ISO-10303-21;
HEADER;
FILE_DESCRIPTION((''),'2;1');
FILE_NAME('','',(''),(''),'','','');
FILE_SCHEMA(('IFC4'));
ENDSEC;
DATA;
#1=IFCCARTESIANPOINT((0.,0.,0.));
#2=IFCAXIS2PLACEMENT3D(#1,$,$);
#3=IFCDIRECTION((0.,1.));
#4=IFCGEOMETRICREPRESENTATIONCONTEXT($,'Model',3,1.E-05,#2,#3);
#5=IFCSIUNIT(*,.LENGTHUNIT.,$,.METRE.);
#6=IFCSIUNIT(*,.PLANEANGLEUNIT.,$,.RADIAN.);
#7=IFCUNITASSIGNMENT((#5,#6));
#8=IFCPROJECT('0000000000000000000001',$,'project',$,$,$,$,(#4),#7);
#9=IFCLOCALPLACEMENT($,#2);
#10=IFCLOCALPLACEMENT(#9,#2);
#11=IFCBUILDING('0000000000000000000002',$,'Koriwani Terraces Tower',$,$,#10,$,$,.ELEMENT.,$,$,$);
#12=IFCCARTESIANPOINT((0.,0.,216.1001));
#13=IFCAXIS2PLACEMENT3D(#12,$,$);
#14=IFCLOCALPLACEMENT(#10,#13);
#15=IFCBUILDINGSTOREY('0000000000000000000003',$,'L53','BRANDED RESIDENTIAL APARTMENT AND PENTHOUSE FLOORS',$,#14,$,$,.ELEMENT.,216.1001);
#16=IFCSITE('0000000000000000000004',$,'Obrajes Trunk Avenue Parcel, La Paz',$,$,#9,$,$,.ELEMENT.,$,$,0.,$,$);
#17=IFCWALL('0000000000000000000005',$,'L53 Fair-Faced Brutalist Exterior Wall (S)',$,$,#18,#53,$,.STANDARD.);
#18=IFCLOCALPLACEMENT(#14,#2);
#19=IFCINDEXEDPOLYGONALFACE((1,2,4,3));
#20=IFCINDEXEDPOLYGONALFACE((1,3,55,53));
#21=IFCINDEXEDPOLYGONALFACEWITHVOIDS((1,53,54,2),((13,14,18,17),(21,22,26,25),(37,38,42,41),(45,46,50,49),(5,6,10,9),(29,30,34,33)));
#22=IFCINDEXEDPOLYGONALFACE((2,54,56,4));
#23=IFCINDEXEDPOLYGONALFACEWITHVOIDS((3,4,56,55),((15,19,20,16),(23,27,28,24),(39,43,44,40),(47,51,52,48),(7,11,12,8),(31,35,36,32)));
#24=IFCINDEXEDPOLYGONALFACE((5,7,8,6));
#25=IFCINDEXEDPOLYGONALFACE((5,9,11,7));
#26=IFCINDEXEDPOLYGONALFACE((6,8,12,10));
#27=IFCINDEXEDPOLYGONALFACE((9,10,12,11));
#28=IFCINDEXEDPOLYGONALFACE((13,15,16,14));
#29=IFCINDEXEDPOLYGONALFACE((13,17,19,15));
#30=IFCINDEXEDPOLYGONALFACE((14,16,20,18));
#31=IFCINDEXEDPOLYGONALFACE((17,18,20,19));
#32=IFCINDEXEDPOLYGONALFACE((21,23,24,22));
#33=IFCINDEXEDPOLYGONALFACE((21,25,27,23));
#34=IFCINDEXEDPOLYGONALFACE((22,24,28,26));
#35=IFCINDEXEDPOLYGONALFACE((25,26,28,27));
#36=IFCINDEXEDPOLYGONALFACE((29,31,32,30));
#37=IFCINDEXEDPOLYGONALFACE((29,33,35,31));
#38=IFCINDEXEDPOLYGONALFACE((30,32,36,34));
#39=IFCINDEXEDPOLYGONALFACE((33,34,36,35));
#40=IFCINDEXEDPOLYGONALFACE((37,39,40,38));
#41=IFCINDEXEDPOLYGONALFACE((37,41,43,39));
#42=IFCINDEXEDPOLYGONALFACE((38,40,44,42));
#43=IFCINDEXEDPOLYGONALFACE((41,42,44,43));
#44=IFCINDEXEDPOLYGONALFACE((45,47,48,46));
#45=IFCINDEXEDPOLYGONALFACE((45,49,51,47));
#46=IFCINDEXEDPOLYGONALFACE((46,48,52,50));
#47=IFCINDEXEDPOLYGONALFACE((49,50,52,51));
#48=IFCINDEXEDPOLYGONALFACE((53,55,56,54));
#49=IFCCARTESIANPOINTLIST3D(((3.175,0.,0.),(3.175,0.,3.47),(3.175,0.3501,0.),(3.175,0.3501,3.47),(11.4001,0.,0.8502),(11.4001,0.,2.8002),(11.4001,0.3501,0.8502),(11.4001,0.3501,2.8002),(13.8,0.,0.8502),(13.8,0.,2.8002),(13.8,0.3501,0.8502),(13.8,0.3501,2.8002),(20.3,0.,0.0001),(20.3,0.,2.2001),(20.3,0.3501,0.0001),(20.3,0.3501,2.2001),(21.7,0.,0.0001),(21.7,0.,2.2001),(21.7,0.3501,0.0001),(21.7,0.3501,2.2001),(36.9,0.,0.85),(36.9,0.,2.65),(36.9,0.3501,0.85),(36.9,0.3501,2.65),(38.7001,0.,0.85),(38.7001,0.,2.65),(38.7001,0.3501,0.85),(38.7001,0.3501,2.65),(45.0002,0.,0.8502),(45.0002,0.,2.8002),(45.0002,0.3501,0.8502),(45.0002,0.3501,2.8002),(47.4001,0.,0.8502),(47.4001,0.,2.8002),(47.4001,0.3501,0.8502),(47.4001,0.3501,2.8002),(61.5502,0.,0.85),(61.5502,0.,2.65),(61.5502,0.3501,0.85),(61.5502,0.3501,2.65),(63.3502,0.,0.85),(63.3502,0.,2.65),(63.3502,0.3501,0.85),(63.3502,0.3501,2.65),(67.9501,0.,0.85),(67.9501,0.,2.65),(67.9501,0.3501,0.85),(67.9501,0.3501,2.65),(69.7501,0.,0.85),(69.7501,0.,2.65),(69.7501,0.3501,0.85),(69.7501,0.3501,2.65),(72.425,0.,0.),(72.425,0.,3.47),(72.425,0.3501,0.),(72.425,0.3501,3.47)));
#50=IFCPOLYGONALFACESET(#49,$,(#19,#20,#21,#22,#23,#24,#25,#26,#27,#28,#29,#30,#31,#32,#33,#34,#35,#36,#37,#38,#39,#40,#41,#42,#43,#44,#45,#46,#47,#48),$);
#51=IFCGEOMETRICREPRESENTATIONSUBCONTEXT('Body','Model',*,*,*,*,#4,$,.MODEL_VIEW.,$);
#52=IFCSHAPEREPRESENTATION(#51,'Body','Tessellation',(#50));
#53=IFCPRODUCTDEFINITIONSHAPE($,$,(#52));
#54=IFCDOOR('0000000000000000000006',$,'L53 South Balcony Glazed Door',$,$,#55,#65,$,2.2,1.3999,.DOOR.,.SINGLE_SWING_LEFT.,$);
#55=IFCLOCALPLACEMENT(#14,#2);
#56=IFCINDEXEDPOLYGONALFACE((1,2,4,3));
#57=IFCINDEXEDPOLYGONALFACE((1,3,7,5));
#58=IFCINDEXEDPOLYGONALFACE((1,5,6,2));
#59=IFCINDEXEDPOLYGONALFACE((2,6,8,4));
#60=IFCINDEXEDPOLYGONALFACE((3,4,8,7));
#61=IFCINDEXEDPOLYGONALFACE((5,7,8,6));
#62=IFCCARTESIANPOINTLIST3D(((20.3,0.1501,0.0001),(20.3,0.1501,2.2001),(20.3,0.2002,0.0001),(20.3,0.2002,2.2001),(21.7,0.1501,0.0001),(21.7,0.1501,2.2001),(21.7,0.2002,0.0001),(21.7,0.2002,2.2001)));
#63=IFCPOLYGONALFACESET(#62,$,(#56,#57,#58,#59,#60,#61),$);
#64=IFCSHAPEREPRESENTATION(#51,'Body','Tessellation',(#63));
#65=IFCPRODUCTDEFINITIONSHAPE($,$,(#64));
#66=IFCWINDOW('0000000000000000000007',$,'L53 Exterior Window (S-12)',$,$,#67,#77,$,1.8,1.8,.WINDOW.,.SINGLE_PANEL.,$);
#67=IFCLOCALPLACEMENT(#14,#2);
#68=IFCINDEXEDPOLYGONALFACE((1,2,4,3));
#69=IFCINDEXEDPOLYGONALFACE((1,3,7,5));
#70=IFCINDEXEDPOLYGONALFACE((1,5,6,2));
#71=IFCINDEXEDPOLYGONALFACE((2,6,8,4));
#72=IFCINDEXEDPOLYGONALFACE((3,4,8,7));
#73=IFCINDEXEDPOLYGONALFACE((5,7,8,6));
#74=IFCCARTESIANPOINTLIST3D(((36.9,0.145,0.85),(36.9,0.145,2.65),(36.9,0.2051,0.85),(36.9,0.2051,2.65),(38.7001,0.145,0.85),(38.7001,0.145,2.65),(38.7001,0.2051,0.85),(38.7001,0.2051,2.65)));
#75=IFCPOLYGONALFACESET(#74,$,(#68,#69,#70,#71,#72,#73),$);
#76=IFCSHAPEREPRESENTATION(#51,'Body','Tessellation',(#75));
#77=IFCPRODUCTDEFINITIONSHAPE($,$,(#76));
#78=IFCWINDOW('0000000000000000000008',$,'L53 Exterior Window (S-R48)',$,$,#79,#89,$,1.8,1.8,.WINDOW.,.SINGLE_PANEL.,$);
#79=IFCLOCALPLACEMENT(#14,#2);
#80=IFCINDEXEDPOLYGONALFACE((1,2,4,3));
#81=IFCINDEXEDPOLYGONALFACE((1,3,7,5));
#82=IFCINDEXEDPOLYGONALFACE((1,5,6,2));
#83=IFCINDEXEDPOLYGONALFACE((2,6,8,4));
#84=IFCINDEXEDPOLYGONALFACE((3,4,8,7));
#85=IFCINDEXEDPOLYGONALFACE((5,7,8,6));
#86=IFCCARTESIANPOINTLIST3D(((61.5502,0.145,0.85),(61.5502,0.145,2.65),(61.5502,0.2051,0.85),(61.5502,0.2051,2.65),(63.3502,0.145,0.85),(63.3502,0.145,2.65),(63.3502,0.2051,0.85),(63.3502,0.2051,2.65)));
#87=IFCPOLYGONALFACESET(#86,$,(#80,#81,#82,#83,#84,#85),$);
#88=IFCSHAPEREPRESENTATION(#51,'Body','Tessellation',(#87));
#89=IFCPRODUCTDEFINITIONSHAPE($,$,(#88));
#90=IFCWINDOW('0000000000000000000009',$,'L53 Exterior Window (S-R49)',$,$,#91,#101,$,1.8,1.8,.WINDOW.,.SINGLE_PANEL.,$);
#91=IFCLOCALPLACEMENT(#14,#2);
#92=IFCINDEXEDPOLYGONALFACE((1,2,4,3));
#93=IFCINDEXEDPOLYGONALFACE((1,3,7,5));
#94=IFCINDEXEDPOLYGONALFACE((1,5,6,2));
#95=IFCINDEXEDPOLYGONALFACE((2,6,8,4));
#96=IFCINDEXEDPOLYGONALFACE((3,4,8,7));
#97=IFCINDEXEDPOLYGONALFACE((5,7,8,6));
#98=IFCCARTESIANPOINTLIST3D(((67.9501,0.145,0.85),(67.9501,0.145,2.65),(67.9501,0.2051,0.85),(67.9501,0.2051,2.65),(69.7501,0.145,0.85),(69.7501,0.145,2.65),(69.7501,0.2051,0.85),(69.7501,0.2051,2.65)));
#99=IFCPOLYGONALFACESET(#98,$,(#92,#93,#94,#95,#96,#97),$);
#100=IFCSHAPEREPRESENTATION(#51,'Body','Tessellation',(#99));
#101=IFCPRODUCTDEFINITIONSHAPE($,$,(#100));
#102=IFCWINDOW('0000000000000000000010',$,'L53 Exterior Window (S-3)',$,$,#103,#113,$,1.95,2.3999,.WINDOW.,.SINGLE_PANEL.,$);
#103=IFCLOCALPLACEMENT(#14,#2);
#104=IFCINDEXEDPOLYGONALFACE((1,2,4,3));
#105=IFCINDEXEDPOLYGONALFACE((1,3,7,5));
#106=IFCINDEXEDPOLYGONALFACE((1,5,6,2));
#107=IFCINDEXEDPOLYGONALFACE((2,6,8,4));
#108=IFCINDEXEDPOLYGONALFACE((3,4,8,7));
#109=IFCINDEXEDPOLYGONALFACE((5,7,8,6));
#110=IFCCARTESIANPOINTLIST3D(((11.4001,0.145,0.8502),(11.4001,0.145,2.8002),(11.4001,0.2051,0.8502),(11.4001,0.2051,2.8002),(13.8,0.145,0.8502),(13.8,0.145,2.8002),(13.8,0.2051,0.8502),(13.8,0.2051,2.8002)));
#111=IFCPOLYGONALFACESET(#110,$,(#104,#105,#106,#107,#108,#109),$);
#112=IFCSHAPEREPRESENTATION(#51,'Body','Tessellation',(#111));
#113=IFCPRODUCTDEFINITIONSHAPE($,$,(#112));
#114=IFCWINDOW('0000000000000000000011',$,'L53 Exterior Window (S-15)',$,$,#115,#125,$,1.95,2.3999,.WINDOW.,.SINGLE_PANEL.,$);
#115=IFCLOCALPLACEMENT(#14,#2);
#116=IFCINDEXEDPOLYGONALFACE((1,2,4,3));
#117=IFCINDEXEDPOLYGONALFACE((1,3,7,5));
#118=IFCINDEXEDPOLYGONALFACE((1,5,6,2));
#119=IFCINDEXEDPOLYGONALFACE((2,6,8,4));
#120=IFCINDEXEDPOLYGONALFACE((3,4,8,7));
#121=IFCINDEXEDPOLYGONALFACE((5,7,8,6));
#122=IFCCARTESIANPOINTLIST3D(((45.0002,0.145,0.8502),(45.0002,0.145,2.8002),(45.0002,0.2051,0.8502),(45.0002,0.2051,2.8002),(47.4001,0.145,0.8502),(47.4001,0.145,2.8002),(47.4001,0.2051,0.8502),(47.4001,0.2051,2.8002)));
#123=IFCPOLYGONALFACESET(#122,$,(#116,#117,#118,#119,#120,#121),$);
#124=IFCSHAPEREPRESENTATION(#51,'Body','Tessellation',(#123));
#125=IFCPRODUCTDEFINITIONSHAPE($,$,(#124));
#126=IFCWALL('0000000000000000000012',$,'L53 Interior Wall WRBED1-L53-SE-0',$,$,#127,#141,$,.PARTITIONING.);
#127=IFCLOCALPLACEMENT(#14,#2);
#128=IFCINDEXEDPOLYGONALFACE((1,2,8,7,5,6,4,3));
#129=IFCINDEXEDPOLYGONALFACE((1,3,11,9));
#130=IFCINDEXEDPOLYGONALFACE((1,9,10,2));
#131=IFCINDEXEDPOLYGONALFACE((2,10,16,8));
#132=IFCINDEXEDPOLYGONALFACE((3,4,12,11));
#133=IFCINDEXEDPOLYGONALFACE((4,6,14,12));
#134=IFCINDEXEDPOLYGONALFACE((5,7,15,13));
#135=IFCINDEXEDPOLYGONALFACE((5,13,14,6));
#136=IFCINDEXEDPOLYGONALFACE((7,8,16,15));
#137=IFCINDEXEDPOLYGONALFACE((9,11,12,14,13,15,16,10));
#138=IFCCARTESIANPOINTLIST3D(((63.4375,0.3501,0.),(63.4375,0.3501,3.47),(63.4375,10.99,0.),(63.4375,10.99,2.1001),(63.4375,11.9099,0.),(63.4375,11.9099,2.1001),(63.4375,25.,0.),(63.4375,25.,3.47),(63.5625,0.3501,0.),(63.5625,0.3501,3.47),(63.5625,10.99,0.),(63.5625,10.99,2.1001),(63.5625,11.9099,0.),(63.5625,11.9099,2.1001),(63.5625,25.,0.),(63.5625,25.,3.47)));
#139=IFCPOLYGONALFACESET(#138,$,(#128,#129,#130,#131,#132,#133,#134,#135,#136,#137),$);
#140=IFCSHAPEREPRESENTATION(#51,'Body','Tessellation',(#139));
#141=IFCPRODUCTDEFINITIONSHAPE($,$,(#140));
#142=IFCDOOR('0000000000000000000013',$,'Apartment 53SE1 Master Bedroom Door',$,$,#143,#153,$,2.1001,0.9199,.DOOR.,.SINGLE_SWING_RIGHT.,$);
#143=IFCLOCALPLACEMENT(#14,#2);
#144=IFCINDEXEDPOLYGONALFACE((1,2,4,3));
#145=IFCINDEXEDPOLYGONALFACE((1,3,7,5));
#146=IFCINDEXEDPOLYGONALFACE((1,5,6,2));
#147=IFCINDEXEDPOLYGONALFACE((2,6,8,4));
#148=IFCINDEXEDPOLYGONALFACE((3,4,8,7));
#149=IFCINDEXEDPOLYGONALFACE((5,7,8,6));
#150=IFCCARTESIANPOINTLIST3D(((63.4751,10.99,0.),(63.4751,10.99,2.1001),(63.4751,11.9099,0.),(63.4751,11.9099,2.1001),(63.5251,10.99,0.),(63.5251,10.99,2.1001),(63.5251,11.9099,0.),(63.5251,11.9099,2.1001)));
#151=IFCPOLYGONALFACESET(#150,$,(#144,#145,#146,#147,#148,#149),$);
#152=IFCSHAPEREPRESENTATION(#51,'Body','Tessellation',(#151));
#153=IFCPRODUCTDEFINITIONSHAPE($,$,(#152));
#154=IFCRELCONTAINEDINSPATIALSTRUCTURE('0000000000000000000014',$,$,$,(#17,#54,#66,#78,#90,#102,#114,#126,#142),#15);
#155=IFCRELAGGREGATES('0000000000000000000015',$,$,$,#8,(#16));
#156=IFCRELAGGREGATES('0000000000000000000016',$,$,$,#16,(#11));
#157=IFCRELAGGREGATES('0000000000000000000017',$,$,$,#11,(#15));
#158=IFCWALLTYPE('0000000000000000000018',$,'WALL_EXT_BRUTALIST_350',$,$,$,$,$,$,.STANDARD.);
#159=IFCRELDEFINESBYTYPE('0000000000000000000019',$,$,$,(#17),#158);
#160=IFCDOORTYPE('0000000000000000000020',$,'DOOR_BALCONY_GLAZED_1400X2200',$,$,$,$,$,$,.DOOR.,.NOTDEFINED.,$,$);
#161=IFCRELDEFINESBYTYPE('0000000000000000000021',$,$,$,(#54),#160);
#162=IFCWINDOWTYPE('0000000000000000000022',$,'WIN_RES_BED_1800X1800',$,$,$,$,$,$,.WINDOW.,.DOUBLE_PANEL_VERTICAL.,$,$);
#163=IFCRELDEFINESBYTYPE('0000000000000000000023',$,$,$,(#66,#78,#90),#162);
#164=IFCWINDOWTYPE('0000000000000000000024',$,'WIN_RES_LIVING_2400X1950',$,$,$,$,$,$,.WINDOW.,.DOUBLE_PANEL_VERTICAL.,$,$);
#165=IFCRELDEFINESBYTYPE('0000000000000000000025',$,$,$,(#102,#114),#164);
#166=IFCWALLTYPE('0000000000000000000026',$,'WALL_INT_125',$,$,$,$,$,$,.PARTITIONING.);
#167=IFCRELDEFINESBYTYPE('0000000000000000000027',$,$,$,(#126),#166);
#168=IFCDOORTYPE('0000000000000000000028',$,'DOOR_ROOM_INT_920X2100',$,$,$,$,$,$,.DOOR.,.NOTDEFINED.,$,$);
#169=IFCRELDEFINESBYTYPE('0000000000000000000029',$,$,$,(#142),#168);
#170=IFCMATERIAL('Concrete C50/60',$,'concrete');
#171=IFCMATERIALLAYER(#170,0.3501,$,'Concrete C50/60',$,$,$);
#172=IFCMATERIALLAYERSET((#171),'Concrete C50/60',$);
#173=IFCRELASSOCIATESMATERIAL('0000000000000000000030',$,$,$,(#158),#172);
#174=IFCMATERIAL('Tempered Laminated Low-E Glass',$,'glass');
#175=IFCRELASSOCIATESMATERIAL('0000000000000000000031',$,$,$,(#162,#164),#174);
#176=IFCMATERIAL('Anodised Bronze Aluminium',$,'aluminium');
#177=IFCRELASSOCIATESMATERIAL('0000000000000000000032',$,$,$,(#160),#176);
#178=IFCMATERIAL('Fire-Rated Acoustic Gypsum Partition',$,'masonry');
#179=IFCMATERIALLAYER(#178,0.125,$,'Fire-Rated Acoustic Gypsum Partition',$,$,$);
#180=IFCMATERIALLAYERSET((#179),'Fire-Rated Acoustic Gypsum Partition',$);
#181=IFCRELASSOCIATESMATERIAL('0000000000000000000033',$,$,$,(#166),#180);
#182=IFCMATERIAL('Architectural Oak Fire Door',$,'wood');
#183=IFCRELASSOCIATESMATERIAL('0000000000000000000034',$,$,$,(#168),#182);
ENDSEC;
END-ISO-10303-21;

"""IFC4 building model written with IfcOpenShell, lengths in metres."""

from ifc_helpers import new_model, si_unit, direction, frame, frame_2d, origin, place, context, subcontext, project, spatial, rectangle, extrude, material, layer, layer_set, type_object, element, fill, save


model = new_model("IFC4")

# Units and contexts
model_context = context("Model", 3, precision=1e-05, world=origin(), true_north=direction((0.0, 1.0)))
body_context = subcontext(model_context, "Body", "Model", "MODEL_VIEW")
ifc_project = project(units=[si_unit("LENGTHUNIT", "METRE"), si_unit("PLANEANGLEUNIT", "RADIAN")], contexts=[model_context])

# Site, building, storey
site_placement = place(None, origin())
site = spatial("IfcSite", under=ifc_project, at=site_placement, Name="Obrajes Trunk Avenue Parcel, La Paz", CompositionType="ELEMENT", RefElevation=0.0)
building_placement = place(site_placement, origin())
building = spatial("IfcBuilding", under=site, at=building_placement, Name="Koriwani Terraces Tower", CompositionType="ELEMENT")
storey_placement = place(building_placement, frame((0.0, 0.0, 216.1001)))
storey = spatial("IfcBuildingStorey", under=building, at=storey_placement, Name="L53", Description="BRANDED RESIDENTIAL APARTMENT AND PENTHOUSE FLOORS", CompositionType="ELEMENT", Elevation=216.1001)

# Shared definitions
ifc_material_1 = material(Name="Concrete C50/60", Category="concrete")

# Shared definitions
ifc_layer_1 = layer(ifc_material_1, 0.3501, Name="Concrete C50/60")
ifc_layer_set_1 = layer_set([ifc_layer_1], Name="Concrete C50/60")
wall_type_1 = type_object("IfcWallType", Name="WALL_EXT_BRUTALIST_350", PredefinedType="STANDARD", material=ifc_layer_set_1)

# Shared definitions
ifc_material_2 = material(Name="Tempered Laminated Low-E Glass", Category="glass")
window_type_1 = type_object("IfcWindowType", Name="WIN_RES_BED_1800X1800", PartitioningType="DOUBLE_PANEL_VERTICAL", PredefinedType="WINDOW", material=ifc_material_2)

# Wall, openings, door, windows
wall_1_placement = place(storey_placement, frame((72.425, 0.175, 0.0), z_axis=(0.0, 0.0, 1.0), x_axis=(-1.0, 0.0, 0.0)))
wall_1 = element("IfcWall", 1, at=wall_1_placement, inside=storey, type_object=wall_type_1, Name="L53 Fair-Faced Brutalist Exterior Wall (S)", PredefinedType="STANDARD", context=body_context, shape_type="SweptSolid", body=[
    extrude(rectangle(XDim=69.25, YDim=0.3501, at=frame_2d((34.625, 0.0))), origin(), (0.0, 0.0, 1.0), 3.47),
])
opening_1_placement = place(wall_1_placement, frame((50.7251, 0.0, 0.0)))
opening_1 = element("IfcOpeningElement", 2, at=opening_1_placement, cuts=wall_1, PredefinedType="OPENING", context=body_context, shape_type="SweptSolid", body=[
    extrude(rectangle(XDim=1.3999, YDim=2.2, at=frame_2d((0.7, 1.1001))), frame((0.0, 0.1851, 0.0), z_axis=(0.0, -1.0, 0.0), x_axis=(1.0, 0.0, 0.0)), (0.0, 0.0, 1.0), 0.3701),
])
opening_2_placement = place(wall_1_placement, frame((58.625, 0.0, 0.8501)))
opening_2 = element("IfcOpeningElement", 3, at=opening_2_placement, cuts=wall_1, PredefinedType="OPENING", context=body_context, shape_type="SweptSolid", body=[
    extrude(rectangle(XDim=2.3999, YDim=1.95, at=frame_2d((1.2, 0.9751))), frame((0.0, 0.1851, 0.0), z_axis=(0.0, -1.0, 0.0), x_axis=(1.0, 0.0, 0.0)), (0.0, 0.0, 1.0), 0.3701),
])
opening_3_placement = place(wall_1_placement, frame((33.7251, 0.0, 0.8501)))
opening_3 = element("IfcOpeningElement", 4, at=opening_3_placement, cuts=wall_1, PredefinedType="OPENING", context=body_context, shape_type="SweptSolid", body=[
    extrude(rectangle(XDim=1.8, YDim=1.8, at=frame_2d((0.8999, 0.8999))), frame((0.0, 0.1851, 0.0), z_axis=(0.0, -1.0, 0.0), x_axis=(1.0, 0.0, 0.0)), (0.0, 0.0, 1.0), 0.3701),
])
opening_4_placement = place(wall_1_placement, frame((25.0249, 0.0, 0.8501)))
opening_4 = element("IfcOpeningElement", 5, at=opening_4_placement, cuts=wall_1, PredefinedType="OPENING", context=body_context, shape_type="SweptSolid", body=[
    extrude(rectangle(XDim=2.3999, YDim=1.95, at=frame_2d((1.2, 0.9751))), frame((0.0, 0.1851, 0.0), z_axis=(0.0, -1.0, 0.0), x_axis=(1.0, 0.0, 0.0)), (0.0, 0.0, 1.0), 0.3701),
])
opening_5_placement = place(wall_1_placement, frame((9.075, 0.0, 0.8501)))
opening_5 = element("IfcOpeningElement", 6, at=opening_5_placement, cuts=wall_1, PredefinedType="OPENING", context=body_context, shape_type="SweptSolid", body=[
    extrude(rectangle(XDim=1.8, YDim=1.8, at=frame_2d((0.8999, 0.8999))), frame((0.0, 0.1851, 0.0), z_axis=(0.0, -1.0, 0.0), x_axis=(1.0, 0.0, 0.0)), (0.0, 0.0, 1.0), 0.3701),
])
opening_6_placement = place(wall_1_placement, frame((2.675, 0.0, 0.8501)))
opening_6 = element("IfcOpeningElement", 7, at=opening_6_placement, cuts=wall_1, PredefinedType="OPENING", context=body_context, shape_type="SweptSolid", body=[
    extrude(rectangle(XDim=1.8, YDim=1.8, at=frame_2d((0.8999, 0.8999))), frame((0.0, 0.1851, 0.0), z_axis=(0.0, -1.0, 0.0), x_axis=(1.0, 0.0, 0.0)), (0.0, 0.0, 1.0), 0.3701),
])
ifc_material_3 = material(Name="Anodised Bronze Aluminium", Category="aluminium")
door_type_1 = type_object("IfcDoorType", Name="DOOR_BALCONY_GLAZED_1400X2200", OperationType="NOTDEFINED", PredefinedType="DOOR", material=ifc_material_3)
door_1_placement = place(opening_1_placement, origin())
door_1 = element("IfcDoor", 8, at=door_1_placement, inside=storey, type_object=door_type_1, Name="L53 South Balcony Glazed Door", OperationType="SINGLE_SWING_LEFT", OverallHeight=2.2, OverallWidth=1.3999, PredefinedType="DOOR", context=body_context, shape_type="SweptSolid", body=[
    extrude(rectangle(XDim=1.3999, YDim=2.2, at=frame_2d((0.7, 1.1001))), frame((0.0, 0.0249, 0.0), z_axis=(0.0, -1.0, 0.0), x_axis=(1.0, 0.0, 0.0)), (0.0, 0.0, 1.0), 0.05),
])
fill(opening_1, door_1)
window_1_placement = place(opening_3_placement, origin())
window_1 = element("IfcWindow", 9, at=window_1_placement, inside=storey, type_object=window_type_1, Name="L53 Exterior Window (S-12)", OverallHeight=1.8, OverallWidth=1.8, PartitioningType="SINGLE_PANEL", PredefinedType="WINDOW", context=body_context, shape_type="SweptSolid", body=[
    extrude(rectangle(XDim=1.8, YDim=1.8, at=frame_2d((0.8999, 0.8999))), frame((0.0, 0.03, 0.0), z_axis=(0.0, -1.0, 0.0), x_axis=(1.0, 0.0, 0.0)), (0.0, 0.0, 1.0), 0.0601),
])
fill(opening_3, window_1)
window_2_placement = place(opening_5_placement, origin())
window_2 = element("IfcWindow", 10, at=window_2_placement, inside=storey, type_object=window_type_1, Name="L53 Exterior Window (S-R48)", OverallHeight=1.8, OverallWidth=1.8, PartitioningType="SINGLE_PANEL", PredefinedType="WINDOW", context=body_context, shape_type="SweptSolid", body=[
    extrude(rectangle(XDim=1.8, YDim=1.8, at=frame_2d((0.8999, 0.8999))), frame((0.0, 0.03, 0.0), z_axis=(0.0, -1.0, 0.0), x_axis=(1.0, 0.0, 0.0)), (0.0, 0.0, 1.0), 0.0601),
])
fill(opening_5, window_2)
window_3_placement = place(opening_6_placement, origin())
window_3 = element("IfcWindow", 11, at=window_3_placement, inside=storey, type_object=window_type_1, Name="L53 Exterior Window (S-R49)", OverallHeight=1.8, OverallWidth=1.8, PartitioningType="SINGLE_PANEL", PredefinedType="WINDOW", context=body_context, shape_type="SweptSolid", body=[
    extrude(rectangle(XDim=1.8, YDim=1.8, at=frame_2d((0.8999, 0.8999))), frame((0.0, 0.03, 0.0), z_axis=(0.0, -1.0, 0.0), x_axis=(1.0, 0.0, 0.0)), (0.0, 0.0, 1.0), 0.0601),
])
fill(opening_6, window_3)
window_type_2 = type_object("IfcWindowType", Name="WIN_RES_LIVING_2400X1950", PartitioningType="DOUBLE_PANEL_VERTICAL", PredefinedType="WINDOW", material=ifc_material_2)
window_4_placement = place(opening_2_placement, origin())
window_4 = element("IfcWindow", 12, at=window_4_placement, inside=storey, type_object=window_type_2, Name="L53 Exterior Window (S-3)", OverallHeight=1.95, OverallWidth=2.3999, PartitioningType="SINGLE_PANEL", PredefinedType="WINDOW", context=body_context, shape_type="SweptSolid", body=[
    extrude(rectangle(XDim=2.3999, YDim=1.95, at=frame_2d((1.2, 0.9751))), frame((0.0, 0.03, 0.0), z_axis=(0.0, -1.0, 0.0), x_axis=(1.0, 0.0, 0.0)), (0.0, 0.0, 1.0), 0.0601),
])
fill(opening_2, window_4)
window_5_placement = place(opening_4_placement, origin())
window_5 = element("IfcWindow", 13, at=window_5_placement, inside=storey, type_object=window_type_2, Name="L53 Exterior Window (S-15)", OverallHeight=1.95, OverallWidth=2.3999, PartitioningType="SINGLE_PANEL", PredefinedType="WINDOW", context=body_context, shape_type="SweptSolid", body=[
    extrude(rectangle(XDim=2.3999, YDim=1.95, at=frame_2d((1.2, 0.9751))), frame((0.0, 0.03, 0.0), z_axis=(0.0, -1.0, 0.0), x_axis=(1.0, 0.0, 0.0)), (0.0, 0.0, 1.0), 0.0601),
])
fill(opening_4, window_5)

# Wall, opening, door
ifc_material_4 = material(Name="Fire-Rated Acoustic Gypsum Partition", Category="masonry")
ifc_layer_2 = layer(ifc_material_4, 0.125, Name="Fire-Rated Acoustic Gypsum Partition")
ifc_layer_set_2 = layer_set([ifc_layer_2], Name="Fire-Rated Acoustic Gypsum Partition")
wall_type_2 = type_object("IfcWallType", Name="WALL_INT_125", PredefinedType="PARTITIONING", material=ifc_layer_set_2)
wall_2_placement = place(storey_placement, frame((63.5, 0.3501, 0.0), z_axis=(0.0, 0.0, 1.0), x_axis=(0.0, 1.0, 0.0)))
wall_2 = element("IfcWall", 14, at=wall_2_placement, inside=storey, type_object=wall_type_2, Name="L53 Interior Wall WRBED1-L53-SE-0", PredefinedType="PARTITIONING", context=body_context, shape_type="SweptSolid", body=[
    extrude(rectangle(XDim=24.6499, YDim=0.125, at=frame_2d((12.325, 0.0))), origin(), (0.0, 0.0, 1.0), 3.47),
])
opening_7_placement = place(wall_2_placement, frame((10.6399, 0.0, 0.0)))
opening_7 = element("IfcOpeningElement", 15, at=opening_7_placement, cuts=wall_2, PredefinedType="OPENING", context=body_context, shape_type="SweptSolid", body=[
    extrude(rectangle(XDim=0.9199, YDim=2.1001, at=frame_2d((0.46, 1.05))), frame((0.0, 0.0725, 0.0), z_axis=(0.0, -1.0, 0.0), x_axis=(1.0, 0.0, 0.0)), (0.0, 0.0, 1.0), 0.145),
])
ifc_material_5 = material(Name="Architectural Oak Fire Door", Category="wood")
door_type_2 = type_object("IfcDoorType", Name="DOOR_ROOM_INT_920X2100", OperationType="NOTDEFINED", PredefinedType="DOOR", material=ifc_material_5)
door_2_placement = place(opening_7_placement, origin())
door_2 = element("IfcDoor", 16, at=door_2_placement, inside=storey, type_object=door_type_2, Name="Apartment 53SE1 Master Bedroom Door", OperationType="SINGLE_SWING_RIGHT", OverallHeight=2.1001, OverallWidth=0.9199, PredefinedType="DOOR", context=body_context, shape_type="SweptSolid", body=[
    extrude(rectangle(XDim=0.9199, YDim=2.1001, at=frame_2d((0.46, 1.05))), frame((0.0, 0.0249, 0.0), z_axis=(0.0, -1.0, 0.0), x_axis=(1.0, 0.0, 0.0)), (0.0, 0.0, 1.0), 0.05),
])
fill(opening_7, door_2)

save(model, "model.ifc")
